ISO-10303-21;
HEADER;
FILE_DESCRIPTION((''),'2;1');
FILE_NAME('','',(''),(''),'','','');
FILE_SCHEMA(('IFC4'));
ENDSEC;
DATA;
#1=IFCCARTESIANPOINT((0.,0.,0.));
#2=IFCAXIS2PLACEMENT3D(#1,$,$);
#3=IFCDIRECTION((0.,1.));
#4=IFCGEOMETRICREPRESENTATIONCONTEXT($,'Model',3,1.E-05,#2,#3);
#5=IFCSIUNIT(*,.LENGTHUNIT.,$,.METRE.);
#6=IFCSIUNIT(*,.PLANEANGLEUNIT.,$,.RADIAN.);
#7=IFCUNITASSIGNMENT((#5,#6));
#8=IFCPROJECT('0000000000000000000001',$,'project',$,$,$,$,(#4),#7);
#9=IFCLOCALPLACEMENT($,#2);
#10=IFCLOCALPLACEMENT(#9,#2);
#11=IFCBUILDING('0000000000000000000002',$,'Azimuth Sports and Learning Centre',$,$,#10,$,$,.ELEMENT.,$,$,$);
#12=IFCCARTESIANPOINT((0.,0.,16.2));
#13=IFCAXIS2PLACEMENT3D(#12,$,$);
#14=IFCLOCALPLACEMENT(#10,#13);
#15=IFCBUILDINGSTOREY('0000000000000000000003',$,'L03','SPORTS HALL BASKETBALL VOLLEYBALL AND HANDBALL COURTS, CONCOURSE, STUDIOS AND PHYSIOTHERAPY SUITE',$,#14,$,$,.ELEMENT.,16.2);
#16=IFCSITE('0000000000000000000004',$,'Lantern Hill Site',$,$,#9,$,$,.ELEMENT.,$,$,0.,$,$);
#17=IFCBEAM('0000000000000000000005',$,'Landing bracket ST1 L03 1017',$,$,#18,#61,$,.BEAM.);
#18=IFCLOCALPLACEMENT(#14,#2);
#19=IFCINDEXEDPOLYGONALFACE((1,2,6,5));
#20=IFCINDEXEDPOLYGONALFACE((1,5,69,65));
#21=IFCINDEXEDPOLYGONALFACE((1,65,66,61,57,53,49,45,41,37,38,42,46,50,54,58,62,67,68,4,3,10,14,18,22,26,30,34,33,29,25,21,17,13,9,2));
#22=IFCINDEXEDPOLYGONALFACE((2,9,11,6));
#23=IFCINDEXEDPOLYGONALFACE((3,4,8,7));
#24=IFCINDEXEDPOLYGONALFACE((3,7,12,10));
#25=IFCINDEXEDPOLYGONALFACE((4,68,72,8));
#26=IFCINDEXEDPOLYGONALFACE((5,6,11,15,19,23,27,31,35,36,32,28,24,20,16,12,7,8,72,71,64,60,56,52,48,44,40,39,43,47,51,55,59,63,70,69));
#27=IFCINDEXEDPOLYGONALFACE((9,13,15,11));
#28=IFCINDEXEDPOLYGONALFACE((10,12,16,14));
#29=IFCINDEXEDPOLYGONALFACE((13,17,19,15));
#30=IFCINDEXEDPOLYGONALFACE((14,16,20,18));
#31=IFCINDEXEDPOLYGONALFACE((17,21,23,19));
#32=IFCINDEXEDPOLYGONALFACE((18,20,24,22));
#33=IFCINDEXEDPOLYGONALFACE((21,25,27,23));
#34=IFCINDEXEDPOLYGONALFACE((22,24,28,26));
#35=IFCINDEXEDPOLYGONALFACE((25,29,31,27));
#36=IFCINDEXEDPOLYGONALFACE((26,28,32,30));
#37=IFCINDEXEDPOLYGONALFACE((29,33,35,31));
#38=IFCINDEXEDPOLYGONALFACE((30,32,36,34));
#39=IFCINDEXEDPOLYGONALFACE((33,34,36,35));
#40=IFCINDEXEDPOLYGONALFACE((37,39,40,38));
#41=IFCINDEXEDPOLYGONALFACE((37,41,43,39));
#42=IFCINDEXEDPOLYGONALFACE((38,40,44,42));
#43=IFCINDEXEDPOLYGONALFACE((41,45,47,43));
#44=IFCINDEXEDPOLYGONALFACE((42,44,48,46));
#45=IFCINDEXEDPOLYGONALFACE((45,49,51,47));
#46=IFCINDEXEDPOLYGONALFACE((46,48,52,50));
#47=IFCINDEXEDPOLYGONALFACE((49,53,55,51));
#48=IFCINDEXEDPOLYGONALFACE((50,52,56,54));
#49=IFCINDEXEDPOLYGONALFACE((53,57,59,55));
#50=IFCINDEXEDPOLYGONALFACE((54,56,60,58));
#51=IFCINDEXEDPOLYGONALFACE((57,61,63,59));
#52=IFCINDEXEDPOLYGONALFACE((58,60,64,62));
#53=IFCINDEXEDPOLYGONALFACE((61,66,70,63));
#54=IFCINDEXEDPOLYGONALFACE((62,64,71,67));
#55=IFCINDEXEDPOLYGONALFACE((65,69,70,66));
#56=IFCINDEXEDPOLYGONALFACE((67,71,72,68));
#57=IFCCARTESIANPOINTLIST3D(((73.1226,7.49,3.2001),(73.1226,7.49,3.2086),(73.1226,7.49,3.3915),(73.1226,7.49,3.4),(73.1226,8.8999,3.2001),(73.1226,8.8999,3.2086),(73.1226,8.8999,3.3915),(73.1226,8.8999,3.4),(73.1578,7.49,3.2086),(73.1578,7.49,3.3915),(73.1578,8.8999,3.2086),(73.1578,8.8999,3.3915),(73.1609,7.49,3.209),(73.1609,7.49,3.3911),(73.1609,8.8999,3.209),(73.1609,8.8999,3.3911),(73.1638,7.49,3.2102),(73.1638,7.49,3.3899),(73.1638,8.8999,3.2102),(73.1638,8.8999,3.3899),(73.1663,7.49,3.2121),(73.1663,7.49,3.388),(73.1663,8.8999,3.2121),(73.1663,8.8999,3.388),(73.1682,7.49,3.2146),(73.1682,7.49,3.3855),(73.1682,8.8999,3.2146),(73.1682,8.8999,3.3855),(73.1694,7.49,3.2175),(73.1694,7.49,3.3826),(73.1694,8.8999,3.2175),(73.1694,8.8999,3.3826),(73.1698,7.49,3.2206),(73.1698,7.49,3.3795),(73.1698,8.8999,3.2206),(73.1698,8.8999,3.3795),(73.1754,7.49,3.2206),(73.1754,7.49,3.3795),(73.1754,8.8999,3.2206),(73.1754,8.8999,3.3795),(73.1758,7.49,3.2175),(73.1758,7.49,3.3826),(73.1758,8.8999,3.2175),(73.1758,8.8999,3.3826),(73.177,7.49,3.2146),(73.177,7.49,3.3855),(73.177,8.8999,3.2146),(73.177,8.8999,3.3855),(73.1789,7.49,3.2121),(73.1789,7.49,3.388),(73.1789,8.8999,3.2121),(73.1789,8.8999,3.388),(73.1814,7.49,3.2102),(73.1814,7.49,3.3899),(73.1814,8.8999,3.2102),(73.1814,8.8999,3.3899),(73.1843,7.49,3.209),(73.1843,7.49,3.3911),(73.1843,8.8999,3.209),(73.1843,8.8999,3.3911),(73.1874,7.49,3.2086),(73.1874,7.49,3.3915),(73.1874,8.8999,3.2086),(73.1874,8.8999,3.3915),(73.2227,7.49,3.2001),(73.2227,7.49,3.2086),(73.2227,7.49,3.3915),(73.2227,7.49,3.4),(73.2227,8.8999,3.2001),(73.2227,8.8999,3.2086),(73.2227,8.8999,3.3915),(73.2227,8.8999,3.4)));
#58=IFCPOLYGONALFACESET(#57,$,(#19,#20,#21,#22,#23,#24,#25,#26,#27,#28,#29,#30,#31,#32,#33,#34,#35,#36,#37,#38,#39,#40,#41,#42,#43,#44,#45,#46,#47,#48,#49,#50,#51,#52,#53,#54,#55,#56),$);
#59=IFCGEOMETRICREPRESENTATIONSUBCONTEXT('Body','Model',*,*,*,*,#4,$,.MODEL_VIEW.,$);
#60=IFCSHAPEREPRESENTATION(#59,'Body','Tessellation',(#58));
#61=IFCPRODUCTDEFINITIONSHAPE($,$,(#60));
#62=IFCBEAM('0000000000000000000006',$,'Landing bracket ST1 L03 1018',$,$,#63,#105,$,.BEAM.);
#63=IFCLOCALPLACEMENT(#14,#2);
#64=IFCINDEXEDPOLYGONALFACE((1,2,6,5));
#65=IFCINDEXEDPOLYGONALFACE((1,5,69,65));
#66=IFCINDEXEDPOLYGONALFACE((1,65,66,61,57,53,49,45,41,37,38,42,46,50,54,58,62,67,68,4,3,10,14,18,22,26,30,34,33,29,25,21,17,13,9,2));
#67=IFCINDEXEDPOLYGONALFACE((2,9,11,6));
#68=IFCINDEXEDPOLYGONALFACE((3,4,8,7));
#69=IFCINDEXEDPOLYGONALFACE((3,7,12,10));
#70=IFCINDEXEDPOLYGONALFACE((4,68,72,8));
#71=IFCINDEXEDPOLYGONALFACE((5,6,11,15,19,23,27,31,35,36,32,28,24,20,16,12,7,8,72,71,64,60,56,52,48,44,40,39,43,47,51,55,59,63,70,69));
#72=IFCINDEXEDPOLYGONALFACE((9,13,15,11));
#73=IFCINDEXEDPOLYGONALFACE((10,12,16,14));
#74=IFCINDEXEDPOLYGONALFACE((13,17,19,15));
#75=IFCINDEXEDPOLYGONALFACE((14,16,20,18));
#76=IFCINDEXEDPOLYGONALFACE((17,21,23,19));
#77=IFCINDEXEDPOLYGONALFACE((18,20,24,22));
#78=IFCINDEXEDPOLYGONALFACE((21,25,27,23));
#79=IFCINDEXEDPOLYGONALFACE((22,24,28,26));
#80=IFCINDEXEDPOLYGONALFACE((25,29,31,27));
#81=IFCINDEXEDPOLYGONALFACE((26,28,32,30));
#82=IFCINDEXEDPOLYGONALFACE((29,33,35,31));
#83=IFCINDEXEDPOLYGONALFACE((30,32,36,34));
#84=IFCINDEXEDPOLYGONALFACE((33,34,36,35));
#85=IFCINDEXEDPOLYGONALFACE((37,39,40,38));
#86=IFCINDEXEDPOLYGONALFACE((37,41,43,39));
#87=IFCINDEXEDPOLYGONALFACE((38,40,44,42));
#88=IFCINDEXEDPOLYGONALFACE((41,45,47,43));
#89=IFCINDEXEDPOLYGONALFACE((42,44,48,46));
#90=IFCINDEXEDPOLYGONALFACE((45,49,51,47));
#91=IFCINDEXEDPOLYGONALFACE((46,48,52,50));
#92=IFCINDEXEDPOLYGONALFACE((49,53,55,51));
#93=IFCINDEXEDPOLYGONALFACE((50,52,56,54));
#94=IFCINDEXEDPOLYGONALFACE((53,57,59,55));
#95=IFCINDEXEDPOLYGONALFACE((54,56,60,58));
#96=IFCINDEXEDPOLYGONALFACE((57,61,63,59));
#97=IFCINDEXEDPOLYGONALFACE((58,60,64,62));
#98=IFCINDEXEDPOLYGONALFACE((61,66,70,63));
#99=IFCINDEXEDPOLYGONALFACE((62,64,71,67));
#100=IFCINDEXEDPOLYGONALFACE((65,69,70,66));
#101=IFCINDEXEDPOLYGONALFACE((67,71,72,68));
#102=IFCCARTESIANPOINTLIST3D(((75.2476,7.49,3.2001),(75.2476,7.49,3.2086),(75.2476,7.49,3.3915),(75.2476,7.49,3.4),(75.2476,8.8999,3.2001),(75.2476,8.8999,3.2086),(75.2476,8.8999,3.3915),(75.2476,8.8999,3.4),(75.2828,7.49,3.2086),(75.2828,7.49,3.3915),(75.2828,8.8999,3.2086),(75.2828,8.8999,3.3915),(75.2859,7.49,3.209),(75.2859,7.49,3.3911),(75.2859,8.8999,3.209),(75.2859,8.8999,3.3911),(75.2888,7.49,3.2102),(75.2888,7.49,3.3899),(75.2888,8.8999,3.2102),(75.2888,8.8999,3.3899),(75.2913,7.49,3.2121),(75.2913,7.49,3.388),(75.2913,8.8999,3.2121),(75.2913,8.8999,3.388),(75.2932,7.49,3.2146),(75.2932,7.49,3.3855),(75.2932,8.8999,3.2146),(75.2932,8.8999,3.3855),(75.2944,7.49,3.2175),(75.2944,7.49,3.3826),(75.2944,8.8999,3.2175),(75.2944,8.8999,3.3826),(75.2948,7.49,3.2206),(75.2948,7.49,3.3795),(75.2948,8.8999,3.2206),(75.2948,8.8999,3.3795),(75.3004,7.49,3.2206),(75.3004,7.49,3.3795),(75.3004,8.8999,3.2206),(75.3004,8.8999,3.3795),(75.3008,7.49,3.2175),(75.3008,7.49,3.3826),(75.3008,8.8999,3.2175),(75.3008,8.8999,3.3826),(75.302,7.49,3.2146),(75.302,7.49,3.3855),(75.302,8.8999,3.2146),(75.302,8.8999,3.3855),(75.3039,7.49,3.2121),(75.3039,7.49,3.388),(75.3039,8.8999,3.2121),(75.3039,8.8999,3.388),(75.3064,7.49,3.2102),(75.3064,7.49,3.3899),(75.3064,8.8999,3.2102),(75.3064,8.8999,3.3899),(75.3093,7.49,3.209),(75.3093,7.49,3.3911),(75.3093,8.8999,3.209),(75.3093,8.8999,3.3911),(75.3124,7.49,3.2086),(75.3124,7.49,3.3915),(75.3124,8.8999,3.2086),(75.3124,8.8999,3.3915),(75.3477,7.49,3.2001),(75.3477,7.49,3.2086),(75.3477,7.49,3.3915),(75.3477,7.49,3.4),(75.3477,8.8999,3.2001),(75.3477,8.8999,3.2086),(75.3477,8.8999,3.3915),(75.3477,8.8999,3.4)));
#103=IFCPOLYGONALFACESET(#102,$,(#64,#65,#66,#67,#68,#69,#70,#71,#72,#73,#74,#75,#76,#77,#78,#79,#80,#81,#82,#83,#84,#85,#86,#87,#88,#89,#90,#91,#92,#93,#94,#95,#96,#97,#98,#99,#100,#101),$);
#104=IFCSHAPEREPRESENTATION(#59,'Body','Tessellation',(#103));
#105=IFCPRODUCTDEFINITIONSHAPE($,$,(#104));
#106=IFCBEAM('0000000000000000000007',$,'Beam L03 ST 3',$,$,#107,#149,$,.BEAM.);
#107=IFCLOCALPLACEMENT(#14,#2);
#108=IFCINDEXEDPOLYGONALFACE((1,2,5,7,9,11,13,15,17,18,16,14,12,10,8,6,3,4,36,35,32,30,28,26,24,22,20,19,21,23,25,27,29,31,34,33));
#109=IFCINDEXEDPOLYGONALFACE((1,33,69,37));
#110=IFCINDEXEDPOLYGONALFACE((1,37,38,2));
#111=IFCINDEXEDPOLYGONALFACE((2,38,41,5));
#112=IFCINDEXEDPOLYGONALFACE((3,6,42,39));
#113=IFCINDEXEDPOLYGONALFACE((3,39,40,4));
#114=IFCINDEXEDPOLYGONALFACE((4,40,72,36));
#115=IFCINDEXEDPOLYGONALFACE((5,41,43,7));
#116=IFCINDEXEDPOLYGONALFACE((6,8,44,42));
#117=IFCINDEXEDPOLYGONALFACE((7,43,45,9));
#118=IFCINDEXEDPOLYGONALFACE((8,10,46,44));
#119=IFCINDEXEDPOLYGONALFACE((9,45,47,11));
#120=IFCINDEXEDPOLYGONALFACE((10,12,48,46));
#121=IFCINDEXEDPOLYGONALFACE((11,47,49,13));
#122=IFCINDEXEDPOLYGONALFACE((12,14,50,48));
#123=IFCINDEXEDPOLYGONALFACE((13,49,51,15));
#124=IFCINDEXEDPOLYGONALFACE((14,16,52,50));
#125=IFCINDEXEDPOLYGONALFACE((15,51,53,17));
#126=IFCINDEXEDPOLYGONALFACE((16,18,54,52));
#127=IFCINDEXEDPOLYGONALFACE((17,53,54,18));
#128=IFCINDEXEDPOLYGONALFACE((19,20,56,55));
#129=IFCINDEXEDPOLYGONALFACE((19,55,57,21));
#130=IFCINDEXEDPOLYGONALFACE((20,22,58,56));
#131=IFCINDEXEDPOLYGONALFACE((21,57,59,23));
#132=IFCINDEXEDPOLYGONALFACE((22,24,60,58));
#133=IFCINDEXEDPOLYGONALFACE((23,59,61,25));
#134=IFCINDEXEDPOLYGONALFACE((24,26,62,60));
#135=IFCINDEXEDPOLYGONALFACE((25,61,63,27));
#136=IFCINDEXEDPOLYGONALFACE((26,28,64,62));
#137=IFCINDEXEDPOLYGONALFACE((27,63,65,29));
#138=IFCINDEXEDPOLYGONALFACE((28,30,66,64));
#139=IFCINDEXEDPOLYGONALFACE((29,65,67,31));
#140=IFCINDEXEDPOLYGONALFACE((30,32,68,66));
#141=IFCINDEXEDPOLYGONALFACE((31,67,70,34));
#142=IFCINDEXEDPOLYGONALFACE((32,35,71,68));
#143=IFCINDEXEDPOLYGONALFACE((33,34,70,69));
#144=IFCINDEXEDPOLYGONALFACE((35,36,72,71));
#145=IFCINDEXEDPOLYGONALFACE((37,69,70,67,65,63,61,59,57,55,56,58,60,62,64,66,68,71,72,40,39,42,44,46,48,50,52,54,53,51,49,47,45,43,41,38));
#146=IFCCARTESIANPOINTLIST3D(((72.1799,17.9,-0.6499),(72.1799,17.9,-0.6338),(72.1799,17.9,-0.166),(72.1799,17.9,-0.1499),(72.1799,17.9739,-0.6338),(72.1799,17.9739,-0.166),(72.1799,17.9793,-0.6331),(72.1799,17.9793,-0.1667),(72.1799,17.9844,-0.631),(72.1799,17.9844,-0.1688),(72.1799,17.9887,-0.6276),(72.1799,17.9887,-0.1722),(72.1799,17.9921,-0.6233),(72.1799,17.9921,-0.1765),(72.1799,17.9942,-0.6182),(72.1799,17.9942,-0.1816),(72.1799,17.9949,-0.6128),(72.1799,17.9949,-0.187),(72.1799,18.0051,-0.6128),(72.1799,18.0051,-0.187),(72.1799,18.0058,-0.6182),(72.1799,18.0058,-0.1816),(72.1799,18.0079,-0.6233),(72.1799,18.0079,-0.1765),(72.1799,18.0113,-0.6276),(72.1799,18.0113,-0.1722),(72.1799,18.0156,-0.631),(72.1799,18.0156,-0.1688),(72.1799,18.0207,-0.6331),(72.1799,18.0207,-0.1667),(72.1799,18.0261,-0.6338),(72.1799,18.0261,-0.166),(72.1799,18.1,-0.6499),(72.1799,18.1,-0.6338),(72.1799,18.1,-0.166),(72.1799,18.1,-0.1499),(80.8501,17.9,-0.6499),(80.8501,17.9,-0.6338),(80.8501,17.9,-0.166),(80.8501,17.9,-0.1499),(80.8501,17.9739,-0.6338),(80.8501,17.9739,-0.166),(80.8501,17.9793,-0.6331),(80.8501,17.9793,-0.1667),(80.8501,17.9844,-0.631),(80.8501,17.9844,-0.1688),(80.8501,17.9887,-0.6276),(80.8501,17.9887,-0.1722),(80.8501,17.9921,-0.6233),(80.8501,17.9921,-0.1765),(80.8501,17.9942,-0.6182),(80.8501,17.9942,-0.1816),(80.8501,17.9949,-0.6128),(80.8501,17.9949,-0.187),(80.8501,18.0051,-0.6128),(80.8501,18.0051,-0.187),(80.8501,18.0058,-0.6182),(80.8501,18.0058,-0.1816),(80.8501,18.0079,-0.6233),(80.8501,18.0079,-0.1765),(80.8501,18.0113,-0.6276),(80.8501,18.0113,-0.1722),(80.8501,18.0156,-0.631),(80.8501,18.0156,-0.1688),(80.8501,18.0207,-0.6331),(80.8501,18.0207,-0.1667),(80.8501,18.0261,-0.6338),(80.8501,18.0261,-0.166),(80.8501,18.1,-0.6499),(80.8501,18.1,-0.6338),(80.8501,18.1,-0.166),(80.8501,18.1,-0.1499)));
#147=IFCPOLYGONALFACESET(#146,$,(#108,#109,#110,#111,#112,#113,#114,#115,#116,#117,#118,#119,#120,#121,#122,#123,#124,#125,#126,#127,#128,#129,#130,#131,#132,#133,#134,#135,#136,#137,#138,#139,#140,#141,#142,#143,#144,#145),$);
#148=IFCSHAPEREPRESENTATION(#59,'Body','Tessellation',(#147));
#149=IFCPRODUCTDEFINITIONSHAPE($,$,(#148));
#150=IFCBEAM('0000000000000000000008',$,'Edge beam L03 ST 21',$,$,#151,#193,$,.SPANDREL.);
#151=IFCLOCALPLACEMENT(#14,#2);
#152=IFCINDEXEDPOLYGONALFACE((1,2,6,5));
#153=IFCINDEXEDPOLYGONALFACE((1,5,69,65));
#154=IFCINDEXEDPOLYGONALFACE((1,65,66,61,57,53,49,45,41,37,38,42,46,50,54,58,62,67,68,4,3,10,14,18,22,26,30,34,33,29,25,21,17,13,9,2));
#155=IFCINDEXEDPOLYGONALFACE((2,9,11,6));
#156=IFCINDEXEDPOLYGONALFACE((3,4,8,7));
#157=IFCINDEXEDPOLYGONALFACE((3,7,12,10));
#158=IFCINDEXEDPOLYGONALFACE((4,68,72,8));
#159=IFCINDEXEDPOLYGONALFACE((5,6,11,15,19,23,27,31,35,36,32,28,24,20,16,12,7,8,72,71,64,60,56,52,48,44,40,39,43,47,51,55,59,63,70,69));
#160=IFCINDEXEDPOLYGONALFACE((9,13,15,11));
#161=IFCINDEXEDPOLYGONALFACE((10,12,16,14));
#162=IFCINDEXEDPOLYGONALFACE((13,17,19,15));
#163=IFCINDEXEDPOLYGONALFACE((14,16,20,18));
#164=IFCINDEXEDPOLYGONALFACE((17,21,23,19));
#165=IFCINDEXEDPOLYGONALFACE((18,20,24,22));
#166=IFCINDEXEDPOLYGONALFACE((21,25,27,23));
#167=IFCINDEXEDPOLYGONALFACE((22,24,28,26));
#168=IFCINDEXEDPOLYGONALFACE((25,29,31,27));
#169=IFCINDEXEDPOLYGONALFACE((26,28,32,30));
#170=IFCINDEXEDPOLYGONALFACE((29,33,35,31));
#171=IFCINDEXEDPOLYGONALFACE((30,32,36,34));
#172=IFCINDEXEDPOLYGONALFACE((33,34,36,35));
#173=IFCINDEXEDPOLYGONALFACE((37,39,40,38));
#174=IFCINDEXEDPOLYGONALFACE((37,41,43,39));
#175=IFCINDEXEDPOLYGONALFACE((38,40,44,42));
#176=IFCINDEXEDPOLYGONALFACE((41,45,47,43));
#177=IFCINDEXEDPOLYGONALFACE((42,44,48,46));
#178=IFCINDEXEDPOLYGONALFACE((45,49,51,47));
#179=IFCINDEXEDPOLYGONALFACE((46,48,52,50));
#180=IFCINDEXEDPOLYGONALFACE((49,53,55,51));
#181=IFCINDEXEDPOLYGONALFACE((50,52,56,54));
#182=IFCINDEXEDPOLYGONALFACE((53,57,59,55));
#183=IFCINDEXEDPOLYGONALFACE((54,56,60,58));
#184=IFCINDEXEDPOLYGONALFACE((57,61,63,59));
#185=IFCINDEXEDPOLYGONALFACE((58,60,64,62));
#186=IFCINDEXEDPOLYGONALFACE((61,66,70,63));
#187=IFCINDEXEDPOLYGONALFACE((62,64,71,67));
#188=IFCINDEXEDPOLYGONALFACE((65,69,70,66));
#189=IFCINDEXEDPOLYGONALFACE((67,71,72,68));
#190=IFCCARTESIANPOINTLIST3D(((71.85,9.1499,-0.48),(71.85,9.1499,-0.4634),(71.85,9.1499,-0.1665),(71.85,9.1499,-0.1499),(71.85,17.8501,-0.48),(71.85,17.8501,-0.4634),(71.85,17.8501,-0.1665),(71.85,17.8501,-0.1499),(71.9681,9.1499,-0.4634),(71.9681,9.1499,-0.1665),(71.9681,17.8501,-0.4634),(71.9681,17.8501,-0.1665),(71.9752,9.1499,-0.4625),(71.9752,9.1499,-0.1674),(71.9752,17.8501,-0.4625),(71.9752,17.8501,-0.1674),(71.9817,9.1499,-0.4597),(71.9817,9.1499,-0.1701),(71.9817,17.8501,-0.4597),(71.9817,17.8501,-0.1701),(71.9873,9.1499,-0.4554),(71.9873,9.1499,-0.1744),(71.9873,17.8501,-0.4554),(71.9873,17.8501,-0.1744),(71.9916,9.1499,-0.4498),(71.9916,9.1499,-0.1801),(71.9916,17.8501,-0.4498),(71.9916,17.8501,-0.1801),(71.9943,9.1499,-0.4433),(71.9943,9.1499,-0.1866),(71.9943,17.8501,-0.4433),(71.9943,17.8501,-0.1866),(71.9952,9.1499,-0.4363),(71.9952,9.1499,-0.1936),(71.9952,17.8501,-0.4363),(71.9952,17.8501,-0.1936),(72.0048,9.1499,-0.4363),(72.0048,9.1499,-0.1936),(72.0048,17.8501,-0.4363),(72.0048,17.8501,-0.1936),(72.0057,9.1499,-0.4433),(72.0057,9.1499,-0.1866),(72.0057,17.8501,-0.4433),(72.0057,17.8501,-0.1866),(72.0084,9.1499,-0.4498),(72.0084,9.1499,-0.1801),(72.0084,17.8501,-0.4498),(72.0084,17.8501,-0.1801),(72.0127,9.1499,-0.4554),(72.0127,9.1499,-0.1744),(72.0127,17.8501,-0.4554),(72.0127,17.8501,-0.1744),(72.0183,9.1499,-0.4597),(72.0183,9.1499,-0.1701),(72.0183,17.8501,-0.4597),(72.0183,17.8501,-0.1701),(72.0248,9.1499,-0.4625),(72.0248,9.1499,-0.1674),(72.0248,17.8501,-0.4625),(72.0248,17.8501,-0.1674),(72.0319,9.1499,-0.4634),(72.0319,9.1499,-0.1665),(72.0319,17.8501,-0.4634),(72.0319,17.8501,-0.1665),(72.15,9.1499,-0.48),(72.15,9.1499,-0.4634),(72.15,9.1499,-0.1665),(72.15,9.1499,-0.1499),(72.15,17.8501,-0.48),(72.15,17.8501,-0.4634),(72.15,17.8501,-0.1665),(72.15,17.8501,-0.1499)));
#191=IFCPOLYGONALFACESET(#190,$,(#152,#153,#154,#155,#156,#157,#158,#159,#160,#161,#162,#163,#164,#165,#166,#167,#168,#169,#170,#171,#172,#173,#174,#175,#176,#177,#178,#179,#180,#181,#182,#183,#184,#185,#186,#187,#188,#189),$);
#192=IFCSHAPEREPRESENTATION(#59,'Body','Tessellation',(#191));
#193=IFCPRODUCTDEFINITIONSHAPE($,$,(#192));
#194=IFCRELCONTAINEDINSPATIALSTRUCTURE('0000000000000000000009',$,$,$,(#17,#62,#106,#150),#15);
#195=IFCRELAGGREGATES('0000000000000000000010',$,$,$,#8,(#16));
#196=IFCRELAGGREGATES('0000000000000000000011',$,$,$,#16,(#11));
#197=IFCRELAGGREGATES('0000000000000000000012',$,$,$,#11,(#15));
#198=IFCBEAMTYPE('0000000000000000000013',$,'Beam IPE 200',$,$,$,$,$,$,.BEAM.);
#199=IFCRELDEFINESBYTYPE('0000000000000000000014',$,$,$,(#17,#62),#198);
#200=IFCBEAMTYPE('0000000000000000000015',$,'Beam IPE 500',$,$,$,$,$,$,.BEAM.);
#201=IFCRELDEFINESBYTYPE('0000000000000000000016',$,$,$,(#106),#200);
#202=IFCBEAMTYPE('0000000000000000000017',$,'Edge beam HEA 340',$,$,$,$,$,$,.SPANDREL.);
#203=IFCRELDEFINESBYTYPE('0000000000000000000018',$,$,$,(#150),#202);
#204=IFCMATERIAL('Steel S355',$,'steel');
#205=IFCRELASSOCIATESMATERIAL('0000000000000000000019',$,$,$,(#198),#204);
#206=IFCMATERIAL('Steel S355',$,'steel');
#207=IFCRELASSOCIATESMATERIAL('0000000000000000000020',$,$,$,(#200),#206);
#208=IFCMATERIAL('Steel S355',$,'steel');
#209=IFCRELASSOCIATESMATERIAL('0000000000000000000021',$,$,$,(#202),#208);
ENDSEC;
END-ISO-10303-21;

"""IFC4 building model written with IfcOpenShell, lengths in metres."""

from ifc_helpers import new_model, si_unit, direction, frame, origin, origin_2d, place, context, subcontext, project, spatial, i_section, extrude, material, material_profile, profile_set, type_object, element, save


model = new_model("IFC4")

# Units and contexts
model_context = context("Model", 3, precision=1e-05, world=origin(), true_north=direction((0.0, 1.0)))
body_context = subcontext(model_context, "Body", "Model", "MODEL_VIEW")
ifc_project = project(units=[si_unit("LENGTHUNIT", "METRE"), si_unit("PLANEANGLEUNIT", "RADIAN")], contexts=[model_context])

# Site, building, storey
site_placement = place(None, origin())
site = spatial("IfcSite", under=ifc_project, at=site_placement, Name="Lantern Hill Site", CompositionType="ELEMENT", RefElevation=0.0)
building_placement = place(site_placement, origin())
building = spatial("IfcBuilding", under=site, at=building_placement, Name="Azimuth Sports and Learning Centre", CompositionType="ELEMENT")
storey_placement = place(building_placement, frame((0.0, 0.0, 16.2)))
storey = spatial("IfcBuildingStorey", under=building, at=storey_placement, Name="L03", Description="SPORTS HALL BASKETBALL VOLLEYBALL AND HANDBALL COURTS, CONCOURSE, STUDIOS AND PHYSIOTHERAPY SUITE", CompositionType="ELEMENT", Elevation=16.2)

# Beams
ifc_material_1 = material(Name="Steel S355", Category="steel")
ifc_material_profile_1 = material_profile(ifc_material_1, i_section(OverallWidth=0.1001, OverallDepth=0.2, WebThickness=0.0056, FlangeThickness=0.0085, FilletRadius=0.012, at=origin_2d()), Name="IPE 200")
ifc_profile_set_1 = profile_set([ifc_material_profile_1], Name="Steel S355")
beam_type_1 = type_object("IfcBeamType", Name="Beam IPE 200", PredefinedType="BEAM", material=ifc_profile_set_1)
for number, where, z_axis, x_axis, name in (
    (1, (73.1726, 8.8999, 3.3), (0.0, -1.0, 0.0), (1.0, 0.0, 0.0), "Landing bracket ST1 L03 1017"),
    (2, (75.2976, 8.8999, 3.3), (0.0, -1.0, 0.0), (1.0, 0.0, 0.0), "Landing bracket ST1 L03 1018"),
):
    element("IfcBeam", number, at=place(storey_placement, frame(where, z_axis=z_axis, x_axis=x_axis)), inside=storey, type_object=beam_type_1, Name=name, PredefinedType="BEAM", context=body_context, shape_type="SweptSolid", body=[
        extrude(i_section(OverallWidth=0.1001, OverallDepth=0.2, WebThickness=0.0056, FlangeThickness=0.0085, FilletRadius=0.012, at=origin_2d()), origin(), (0.0, 0.0, 1.0), 1.4099),
    ])
ifc_material_2 = material(Name="Steel S355", Category="steel")
ifc_material_profile_2 = material_profile(ifc_material_2, i_section(OverallWidth=0.2, OverallDepth=0.5, WebThickness=0.0103, FlangeThickness=0.0161, FilletRadius=0.021, at=origin_2d()), Name="IPE 500")
ifc_profile_set_2 = profile_set([ifc_material_profile_2], Name="Steel S355")
beam_type_2 = type_object("IfcBeamType", Name="Beam IPE 500", PredefinedType="BEAM", material=ifc_profile_set_2)
beam_placement = place(storey_placement, frame((72.1799, 18.0, -0.3999), z_axis=(1.0, 0.0, 0.0), x_axis=(0.0, 1.0, 0.0)))
element("IfcBeam", 3, at=beam_placement, inside=storey, type_object=beam_type_2, Name="Beam L03 ST 3", PredefinedType="BEAM", context=body_context, shape_type="SweptSolid", body=[
    extrude(i_section(OverallWidth=0.2, OverallDepth=0.5, WebThickness=0.0103, FlangeThickness=0.0161, FilletRadius=0.021, at=origin_2d()), origin(), (0.0, 0.0, 1.0), 8.6702),
])
ifc_material_3 = material(Name="Steel S355", Category="steel")
ifc_material_profile_3 = material_profile(ifc_material_3, i_section(OverallWidth=0.3, OverallDepth=0.3301, WebThickness=0.0095, FlangeThickness=0.0166, FilletRadius=0.0271, at=origin_2d()), Name="HEA 340")
ifc_profile_set_3 = profile_set([ifc_material_profile_3], Name="Steel S355")
beam_type_3 = type_object("IfcBeamType", Name="Edge beam HEA 340", PredefinedType="SPANDREL", material=ifc_profile_set_3)
for number, where, z_axis, x_axis, name in (
    (4, (72.0, 9.1499, -0.3149), (0.0, 1.0, 0.0), (-1.0, 0.0, 0.0), "Edge beam L03 ST 21"),
):
    element("IfcBeam", number, at=place(storey_placement, frame(where, z_axis=z_axis, x_axis=x_axis)), inside=storey, type_object=beam_type_3, Name=name, PredefinedType="SPANDREL", context=body_context, shape_type="SweptSolid", body=[
        extrude(i_section(OverallWidth=0.3, OverallDepth=0.3301, WebThickness=0.0095, FlangeThickness=0.0166, FilletRadius=0.0271, at=origin_2d()), origin(), (0.0, 0.0, 1.0), 8.7002),
    ])

save(model, "model.ifc")
